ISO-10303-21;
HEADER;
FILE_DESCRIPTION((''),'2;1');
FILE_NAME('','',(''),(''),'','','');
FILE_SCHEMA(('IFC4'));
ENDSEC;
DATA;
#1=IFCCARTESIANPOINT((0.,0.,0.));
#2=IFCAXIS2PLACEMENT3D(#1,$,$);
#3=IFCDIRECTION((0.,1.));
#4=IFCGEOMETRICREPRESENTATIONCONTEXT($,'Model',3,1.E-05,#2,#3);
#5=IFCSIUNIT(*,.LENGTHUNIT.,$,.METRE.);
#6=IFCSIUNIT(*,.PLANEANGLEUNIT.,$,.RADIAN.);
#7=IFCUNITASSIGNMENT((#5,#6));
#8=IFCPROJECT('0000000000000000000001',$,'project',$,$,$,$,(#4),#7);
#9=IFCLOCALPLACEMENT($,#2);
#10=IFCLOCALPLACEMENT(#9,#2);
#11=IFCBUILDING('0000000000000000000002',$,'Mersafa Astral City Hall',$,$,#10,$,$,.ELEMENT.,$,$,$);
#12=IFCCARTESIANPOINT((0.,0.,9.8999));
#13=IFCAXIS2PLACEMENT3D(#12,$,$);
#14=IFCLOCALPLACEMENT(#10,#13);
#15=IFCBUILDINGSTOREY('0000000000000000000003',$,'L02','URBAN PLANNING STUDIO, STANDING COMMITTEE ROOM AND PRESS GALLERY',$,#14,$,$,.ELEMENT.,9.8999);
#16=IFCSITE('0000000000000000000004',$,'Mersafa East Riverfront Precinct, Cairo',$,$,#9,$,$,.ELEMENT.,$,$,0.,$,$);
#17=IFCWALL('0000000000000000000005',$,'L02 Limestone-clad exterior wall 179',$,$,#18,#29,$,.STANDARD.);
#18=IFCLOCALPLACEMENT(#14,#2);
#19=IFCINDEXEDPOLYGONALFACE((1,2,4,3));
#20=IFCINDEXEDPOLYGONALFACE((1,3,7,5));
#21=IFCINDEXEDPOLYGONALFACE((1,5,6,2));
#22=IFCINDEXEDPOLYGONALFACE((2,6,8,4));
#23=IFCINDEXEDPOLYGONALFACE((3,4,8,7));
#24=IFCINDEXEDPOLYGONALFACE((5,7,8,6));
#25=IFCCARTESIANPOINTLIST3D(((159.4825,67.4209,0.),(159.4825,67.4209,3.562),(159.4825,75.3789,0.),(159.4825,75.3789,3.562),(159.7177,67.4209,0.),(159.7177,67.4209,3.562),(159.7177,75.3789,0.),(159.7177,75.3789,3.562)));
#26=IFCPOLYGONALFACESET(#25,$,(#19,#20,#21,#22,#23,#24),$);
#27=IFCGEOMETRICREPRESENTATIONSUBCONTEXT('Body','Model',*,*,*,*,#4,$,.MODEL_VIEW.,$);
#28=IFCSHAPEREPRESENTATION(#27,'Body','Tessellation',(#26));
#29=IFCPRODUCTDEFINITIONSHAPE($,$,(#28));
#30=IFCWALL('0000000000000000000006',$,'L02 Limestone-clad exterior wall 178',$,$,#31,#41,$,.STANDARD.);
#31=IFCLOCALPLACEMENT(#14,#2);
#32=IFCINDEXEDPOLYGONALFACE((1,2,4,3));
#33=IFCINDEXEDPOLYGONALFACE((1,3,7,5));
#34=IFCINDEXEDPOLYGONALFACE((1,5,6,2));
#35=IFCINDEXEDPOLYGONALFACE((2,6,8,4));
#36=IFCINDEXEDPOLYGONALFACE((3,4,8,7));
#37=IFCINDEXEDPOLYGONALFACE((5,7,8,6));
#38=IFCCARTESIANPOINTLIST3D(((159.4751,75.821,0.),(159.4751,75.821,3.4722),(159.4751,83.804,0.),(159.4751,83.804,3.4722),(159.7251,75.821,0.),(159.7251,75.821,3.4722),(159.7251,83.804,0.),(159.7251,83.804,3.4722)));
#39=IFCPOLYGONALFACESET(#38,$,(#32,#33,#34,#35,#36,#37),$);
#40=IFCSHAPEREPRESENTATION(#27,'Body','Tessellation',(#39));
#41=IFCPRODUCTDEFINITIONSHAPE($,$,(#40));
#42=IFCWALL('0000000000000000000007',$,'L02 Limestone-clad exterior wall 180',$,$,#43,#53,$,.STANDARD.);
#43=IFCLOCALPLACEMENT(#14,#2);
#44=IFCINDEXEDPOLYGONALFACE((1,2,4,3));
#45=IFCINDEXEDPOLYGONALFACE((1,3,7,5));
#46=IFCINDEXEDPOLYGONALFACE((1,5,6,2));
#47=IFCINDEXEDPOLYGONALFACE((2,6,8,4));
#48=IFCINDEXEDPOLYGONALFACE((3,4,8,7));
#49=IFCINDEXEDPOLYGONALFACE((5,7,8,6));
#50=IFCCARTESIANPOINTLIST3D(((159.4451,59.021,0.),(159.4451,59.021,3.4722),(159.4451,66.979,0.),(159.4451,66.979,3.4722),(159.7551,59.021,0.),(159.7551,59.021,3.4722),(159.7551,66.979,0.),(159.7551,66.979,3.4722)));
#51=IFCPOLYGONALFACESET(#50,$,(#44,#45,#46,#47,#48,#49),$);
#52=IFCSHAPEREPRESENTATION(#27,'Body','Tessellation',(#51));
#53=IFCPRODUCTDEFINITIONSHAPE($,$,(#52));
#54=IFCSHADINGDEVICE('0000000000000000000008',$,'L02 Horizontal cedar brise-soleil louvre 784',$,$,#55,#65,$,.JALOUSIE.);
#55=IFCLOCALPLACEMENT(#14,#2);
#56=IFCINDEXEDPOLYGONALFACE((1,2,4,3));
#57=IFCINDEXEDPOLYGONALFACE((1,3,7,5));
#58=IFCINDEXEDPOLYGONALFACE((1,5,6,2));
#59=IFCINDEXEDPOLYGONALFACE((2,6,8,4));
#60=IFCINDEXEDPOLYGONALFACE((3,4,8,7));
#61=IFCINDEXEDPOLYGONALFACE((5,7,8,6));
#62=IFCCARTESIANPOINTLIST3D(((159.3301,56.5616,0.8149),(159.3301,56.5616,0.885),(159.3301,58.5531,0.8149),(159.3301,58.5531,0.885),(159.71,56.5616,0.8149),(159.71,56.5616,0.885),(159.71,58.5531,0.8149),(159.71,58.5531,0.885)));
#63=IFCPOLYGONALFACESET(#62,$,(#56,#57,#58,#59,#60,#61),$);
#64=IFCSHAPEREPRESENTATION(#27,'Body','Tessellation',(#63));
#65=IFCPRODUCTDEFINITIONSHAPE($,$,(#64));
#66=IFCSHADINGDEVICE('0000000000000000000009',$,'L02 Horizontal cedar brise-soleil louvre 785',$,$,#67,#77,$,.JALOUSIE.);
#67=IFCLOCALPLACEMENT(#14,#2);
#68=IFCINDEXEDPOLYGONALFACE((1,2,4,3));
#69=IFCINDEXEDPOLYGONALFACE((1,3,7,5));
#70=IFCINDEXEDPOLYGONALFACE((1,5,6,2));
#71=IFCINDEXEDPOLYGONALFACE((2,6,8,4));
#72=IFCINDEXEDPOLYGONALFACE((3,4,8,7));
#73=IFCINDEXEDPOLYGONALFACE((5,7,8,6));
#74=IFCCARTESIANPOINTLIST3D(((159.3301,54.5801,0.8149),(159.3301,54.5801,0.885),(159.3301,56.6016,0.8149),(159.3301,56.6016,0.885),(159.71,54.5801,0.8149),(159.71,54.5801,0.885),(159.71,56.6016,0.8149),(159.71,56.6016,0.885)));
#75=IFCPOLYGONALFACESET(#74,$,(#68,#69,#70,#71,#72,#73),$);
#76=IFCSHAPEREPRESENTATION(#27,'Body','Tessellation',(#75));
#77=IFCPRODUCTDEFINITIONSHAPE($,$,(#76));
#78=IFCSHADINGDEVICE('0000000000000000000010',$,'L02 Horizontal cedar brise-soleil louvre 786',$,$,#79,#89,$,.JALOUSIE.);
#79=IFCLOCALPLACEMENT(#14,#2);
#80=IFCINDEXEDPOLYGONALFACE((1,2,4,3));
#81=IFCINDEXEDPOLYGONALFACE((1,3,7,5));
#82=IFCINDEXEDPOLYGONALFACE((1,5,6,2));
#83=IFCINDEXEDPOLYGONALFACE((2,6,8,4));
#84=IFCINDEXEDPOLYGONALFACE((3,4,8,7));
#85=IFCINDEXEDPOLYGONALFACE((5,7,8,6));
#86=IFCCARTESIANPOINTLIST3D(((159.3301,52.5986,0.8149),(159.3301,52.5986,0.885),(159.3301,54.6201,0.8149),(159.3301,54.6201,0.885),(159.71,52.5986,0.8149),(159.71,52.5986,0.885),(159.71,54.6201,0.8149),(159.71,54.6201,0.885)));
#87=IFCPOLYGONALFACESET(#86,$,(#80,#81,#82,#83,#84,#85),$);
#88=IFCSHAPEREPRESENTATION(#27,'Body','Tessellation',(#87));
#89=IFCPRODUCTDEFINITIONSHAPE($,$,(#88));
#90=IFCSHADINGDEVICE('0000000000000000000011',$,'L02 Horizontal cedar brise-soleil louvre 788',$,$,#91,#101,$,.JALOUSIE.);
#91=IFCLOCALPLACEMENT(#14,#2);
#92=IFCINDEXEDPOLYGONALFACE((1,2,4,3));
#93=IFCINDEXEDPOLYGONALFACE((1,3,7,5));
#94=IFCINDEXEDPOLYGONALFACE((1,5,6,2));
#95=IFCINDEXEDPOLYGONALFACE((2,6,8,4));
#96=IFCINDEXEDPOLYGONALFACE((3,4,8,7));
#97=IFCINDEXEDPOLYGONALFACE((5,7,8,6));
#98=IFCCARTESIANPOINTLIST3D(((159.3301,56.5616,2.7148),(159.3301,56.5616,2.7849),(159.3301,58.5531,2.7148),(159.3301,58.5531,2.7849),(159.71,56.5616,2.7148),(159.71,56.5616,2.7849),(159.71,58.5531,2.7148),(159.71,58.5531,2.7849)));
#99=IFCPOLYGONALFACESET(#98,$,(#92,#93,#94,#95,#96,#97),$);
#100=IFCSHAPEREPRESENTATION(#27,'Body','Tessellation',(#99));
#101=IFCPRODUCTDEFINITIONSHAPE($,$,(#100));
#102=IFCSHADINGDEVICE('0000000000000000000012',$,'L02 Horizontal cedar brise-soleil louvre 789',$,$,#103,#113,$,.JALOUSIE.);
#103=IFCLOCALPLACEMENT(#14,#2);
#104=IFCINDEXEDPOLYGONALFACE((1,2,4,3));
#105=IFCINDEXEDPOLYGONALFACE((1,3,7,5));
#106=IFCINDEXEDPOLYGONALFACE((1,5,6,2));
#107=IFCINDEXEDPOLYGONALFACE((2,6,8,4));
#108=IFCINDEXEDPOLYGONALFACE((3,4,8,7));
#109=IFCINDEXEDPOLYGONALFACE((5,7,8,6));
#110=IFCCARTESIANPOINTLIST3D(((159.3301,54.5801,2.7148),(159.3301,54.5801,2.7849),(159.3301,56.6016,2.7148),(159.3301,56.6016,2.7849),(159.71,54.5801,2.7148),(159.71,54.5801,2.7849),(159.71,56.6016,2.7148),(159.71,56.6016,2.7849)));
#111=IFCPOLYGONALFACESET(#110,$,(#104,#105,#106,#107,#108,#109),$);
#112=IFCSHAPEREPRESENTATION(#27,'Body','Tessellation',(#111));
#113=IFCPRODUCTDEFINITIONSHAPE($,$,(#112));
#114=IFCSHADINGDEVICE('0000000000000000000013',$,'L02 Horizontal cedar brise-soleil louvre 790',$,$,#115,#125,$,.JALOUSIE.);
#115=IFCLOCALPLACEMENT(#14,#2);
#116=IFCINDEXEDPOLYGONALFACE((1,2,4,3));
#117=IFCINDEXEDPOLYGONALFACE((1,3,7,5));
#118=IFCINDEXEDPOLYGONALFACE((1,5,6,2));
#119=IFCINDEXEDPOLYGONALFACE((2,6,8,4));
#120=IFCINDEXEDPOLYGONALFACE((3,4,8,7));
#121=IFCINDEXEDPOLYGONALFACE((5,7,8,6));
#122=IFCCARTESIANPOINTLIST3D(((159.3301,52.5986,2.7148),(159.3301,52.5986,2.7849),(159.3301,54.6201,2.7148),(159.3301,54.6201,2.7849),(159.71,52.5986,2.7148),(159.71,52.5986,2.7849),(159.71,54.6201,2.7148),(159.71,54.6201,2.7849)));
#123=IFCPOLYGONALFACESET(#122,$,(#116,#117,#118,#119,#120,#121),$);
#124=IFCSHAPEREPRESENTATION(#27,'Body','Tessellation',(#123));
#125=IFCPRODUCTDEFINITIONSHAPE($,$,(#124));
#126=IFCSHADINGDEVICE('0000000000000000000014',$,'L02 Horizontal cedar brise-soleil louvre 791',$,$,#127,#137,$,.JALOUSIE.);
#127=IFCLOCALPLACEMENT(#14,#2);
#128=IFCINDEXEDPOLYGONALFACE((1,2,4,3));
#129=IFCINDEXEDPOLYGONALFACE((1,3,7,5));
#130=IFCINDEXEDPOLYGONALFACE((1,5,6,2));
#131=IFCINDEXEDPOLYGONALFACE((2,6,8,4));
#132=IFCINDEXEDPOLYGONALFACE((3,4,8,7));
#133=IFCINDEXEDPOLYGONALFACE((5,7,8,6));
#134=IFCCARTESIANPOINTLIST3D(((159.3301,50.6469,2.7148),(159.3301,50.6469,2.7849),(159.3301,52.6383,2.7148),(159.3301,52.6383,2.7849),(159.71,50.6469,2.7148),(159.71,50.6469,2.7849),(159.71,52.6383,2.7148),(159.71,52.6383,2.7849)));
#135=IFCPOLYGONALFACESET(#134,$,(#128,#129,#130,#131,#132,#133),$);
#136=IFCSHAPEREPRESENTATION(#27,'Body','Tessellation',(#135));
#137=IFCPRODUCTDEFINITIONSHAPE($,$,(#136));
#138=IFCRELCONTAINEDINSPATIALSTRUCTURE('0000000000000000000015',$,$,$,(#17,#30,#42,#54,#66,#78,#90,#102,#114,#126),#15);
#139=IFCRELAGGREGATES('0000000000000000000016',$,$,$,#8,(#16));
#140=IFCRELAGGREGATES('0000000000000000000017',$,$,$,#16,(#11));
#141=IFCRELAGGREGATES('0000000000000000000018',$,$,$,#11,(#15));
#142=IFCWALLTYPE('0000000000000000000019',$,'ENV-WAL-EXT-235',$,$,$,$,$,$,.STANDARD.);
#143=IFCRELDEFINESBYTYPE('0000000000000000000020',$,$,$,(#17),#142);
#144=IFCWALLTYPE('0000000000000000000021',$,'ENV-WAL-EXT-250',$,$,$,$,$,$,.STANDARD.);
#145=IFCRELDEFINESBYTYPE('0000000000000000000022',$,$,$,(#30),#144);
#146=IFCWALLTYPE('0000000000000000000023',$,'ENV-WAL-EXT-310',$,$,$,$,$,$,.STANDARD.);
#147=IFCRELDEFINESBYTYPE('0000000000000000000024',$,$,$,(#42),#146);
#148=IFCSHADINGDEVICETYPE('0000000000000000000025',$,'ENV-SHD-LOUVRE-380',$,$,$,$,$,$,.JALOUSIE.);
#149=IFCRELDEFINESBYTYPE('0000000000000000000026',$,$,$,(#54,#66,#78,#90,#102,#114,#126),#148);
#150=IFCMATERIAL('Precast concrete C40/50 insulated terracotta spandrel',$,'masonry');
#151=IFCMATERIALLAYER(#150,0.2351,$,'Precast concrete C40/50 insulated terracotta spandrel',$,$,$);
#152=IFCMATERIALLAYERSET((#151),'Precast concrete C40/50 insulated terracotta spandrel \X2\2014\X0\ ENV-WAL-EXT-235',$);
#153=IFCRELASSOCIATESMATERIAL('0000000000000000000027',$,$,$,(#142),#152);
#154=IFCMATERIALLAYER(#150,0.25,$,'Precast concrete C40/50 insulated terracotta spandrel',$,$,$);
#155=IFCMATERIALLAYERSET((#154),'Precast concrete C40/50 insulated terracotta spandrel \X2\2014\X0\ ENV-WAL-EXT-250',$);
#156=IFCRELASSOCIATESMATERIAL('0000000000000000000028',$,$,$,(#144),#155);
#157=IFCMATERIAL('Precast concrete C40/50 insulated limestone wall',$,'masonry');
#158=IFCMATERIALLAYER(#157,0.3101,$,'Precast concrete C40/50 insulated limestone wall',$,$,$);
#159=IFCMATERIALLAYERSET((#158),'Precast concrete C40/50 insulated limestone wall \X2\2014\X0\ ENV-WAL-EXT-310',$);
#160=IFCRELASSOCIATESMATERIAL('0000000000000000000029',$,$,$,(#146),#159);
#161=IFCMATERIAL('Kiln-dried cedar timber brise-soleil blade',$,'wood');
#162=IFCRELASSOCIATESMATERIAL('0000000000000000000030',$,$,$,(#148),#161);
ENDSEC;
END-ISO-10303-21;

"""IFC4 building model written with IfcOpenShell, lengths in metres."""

from ifc_helpers import new_model, si_unit, direction, frame, frame_2d, origin, origin_2d, place, context, subcontext, project, spatial, rectangle, extrude, material, layer, layer_set, type_object, element, save


model = new_model("IFC4")

# Units and contexts
model_context = context("Model", 3, precision=1e-05, world=origin(), true_north=direction((0.0, 1.0)))
body_context = subcontext(model_context, "Body", "Model", "MODEL_VIEW")
ifc_project = project(units=[si_unit("LENGTHUNIT", "METRE"), si_unit("PLANEANGLEUNIT", "RADIAN")], contexts=[model_context])

# Site, building, storey
site_placement = place(None, origin())
site = spatial("IfcSite", under=ifc_project, at=site_placement, Name="Mersafa East Riverfront Precinct, Cairo", CompositionType="ELEMENT", RefElevation=0.0)
building_placement = place(site_placement, origin())
building = spatial("IfcBuilding", under=site, at=building_placement, Name="Mersafa Astral City Hall", CompositionType="ELEMENT")
storey_placement = place(building_placement, frame((0.0, 0.0, 9.8999)))
storey = spatial("IfcBuildingStorey", under=building, at=storey_placement, Name="L02", Description="URBAN PLANNING STUDIO, STANDING COMMITTEE ROOM AND PRESS GALLERY", CompositionType="ELEMENT", Elevation=9.8999)

# Walls
ifc_material_1 = material(Name="Precast concrete C40/50 insulated terracotta spandrel", Category="masonry")
ifc_layer_1 = layer(ifc_material_1, 0.2351, Name="Precast concrete C40/50 insulated terracotta spandrel")
ifc_layer_set_1 = layer_set([ifc_layer_1], Name="Precast concrete C40/50 insulated terracotta spandrel — ENV-WAL-EXT-235")
wall_type_1 = type_object("IfcWallType", Name="ENV-WAL-EXT-235", PredefinedType="STANDARD", material=ifc_layer_set_1)
wall_1_placement = place(storey_placement, frame((159.6001, 75.3789, 0.0), z_axis=(0.0, 0.0, 1.0), x_axis=(0.0, -1.0, 0.0)))
element("IfcWall", 1, at=wall_1_placement, inside=storey, type_object=wall_type_1, Name="L02 Limestone-clad exterior wall 179", PredefinedType="STANDARD", context=body_context, shape_type="SweptSolid", body=[
    extrude(rectangle(XDim=7.958, YDim=0.2351, at=frame_2d((3.979, 0.0))), origin(), (0.0, 0.0, 1.0), 3.562),
])
ifc_layer_2 = layer(ifc_material_1, 0.25, Name="Precast concrete C40/50 insulated terracotta spandrel")
ifc_layer_set_2 = layer_set([ifc_layer_2], Name="Precast concrete C40/50 insulated terracotta spandrel — ENV-WAL-EXT-250")
wall_type_2 = type_object("IfcWallType", Name="ENV-WAL-EXT-250", PredefinedType="STANDARD", material=ifc_layer_set_2)
wall_2_placement = place(storey_placement, frame((159.6001, 83.804, 0.0), z_axis=(0.0, 0.0, 1.0), x_axis=(0.0, -1.0, 0.0)))
element("IfcWall", 2, at=wall_2_placement, inside=storey, type_object=wall_type_2, Name="L02 Limestone-clad exterior wall 178", PredefinedType="STANDARD", context=body_context, shape_type="SweptSolid", body=[
    extrude(rectangle(XDim=7.9829, YDim=0.25, at=frame_2d((3.9915, 0.0))), origin(), (0.0, 0.0, 1.0), 3.4722),
])
ifc_material_2 = material(Name="Precast concrete C40/50 insulated limestone wall", Category="masonry")
ifc_layer_3 = layer(ifc_material_2, 0.3101, Name="Precast concrete C40/50 insulated limestone wall")
ifc_layer_set_3 = layer_set([ifc_layer_3], Name="Precast concrete C40/50 insulated limestone wall — ENV-WAL-EXT-310")
wall_type_3 = type_object("IfcWallType", Name="ENV-WAL-EXT-310", PredefinedType="STANDARD", material=ifc_layer_set_3)
wall_3_placement = place(storey_placement, frame((159.6001, 66.979, 0.0), z_axis=(0.0, 0.0, 1.0), x_axis=(0.0, -1.0, 0.0)))
element("IfcWall", 3, at=wall_3_placement, inside=storey, type_object=wall_type_3, Name="L02 Limestone-clad exterior wall 180", PredefinedType="STANDARD", context=body_context, shape_type="SweptSolid", body=[
    extrude(rectangle(XDim=7.958, YDim=0.3101, at=frame_2d((3.979, 0.0))), origin(), (0.0, 0.0, 1.0), 3.4722),
])

# Shading devices
ifc_material_3 = material(Name="Kiln-dried cedar timber brise-soleil blade", Category="wood")
shading_device_type = type_object("IfcShadingDeviceType", Name="ENV-SHD-LOUVRE-380", PredefinedType="JALOUSIE", material=ifc_material_3)
shading_device_1_placement = place(storey_placement, frame((159.52, 57.5574, 0.8149), z_axis=(0.0, 0.0, 1.0), x_axis=(0.0, -1.0, 0.0)))
element("IfcShadingDevice", 4, at=shading_device_1_placement, inside=storey, type_object=shading_device_type, Name="L02 Horizontal cedar brise-soleil louvre 784", PredefinedType="JALOUSIE", context=body_context, shape_type="SweptSolid", body=[
    extrude(rectangle(XDim=1.9915, YDim=0.3799, at=origin_2d()), origin(), (0.0, 0.0, 1.0), 0.0701),
])
for number, where, z_axis, x_axis, name in (
    (5, (159.52, 55.5908, 0.8149), (0.0, 0.0, 1.0), (0.0, -1.0, 0.0), "L02 Horizontal cedar brise-soleil louvre 785"),
    (6, (159.52, 53.6094, 0.8149), (0.0, 0.0, 1.0), (0.0, -1.0, 0.0), "L02 Horizontal cedar brise-soleil louvre 786"),
):
    element("IfcShadingDevice", number, at=place(storey_placement, frame(where, z_axis=z_axis, x_axis=x_axis)), inside=storey, type_object=shading_device_type, Name=name, PredefinedType="JALOUSIE", context=body_context, shape_type="SweptSolid", body=[
        extrude(rectangle(XDim=2.0215, YDim=0.3799, at=origin_2d()), origin(), (0.0, 0.0, 1.0), 0.0701),
    ])
shading_device_2_placement = place(storey_placement, frame((159.52, 57.5574, 2.7148), z_axis=(0.0, 0.0, 1.0), x_axis=(0.0, -1.0, 0.0)))
element("IfcShadingDevice", 7, at=shading_device_2_placement, inside=storey, type_object=shading_device_type, Name="L02 Horizontal cedar brise-soleil louvre 788", PredefinedType="JALOUSIE", context=body_context, shape_type="SweptSolid", body=[
    extrude(rectangle(XDim=1.9915, YDim=0.3799, at=origin_2d()), origin(), (0.0, 0.0, 1.0), 0.0701),
])
for number, where, z_axis, x_axis, name in (
    (8, (159.52, 55.5908, 2.7148), (0.0, 0.0, 1.0), (0.0, -1.0, 0.0), "L02 Horizontal cedar brise-soleil louvre 789"),
    (9, (159.52, 53.6094, 2.7148), (0.0, 0.0, 1.0), (0.0, -1.0, 0.0), "L02 Horizontal cedar brise-soleil louvre 790"),
):
    element("IfcShadingDevice", number, at=place(storey_placement, frame(where, z_axis=z_axis, x_axis=x_axis)), inside=storey, type_object=shading_device_type, Name=name, PredefinedType="JALOUSIE", context=body_context, shape_type="SweptSolid", body=[
        extrude(rectangle(XDim=2.0215, YDim=0.3799, at=origin_2d()), origin(), (0.0, 0.0, 1.0), 0.0701),
    ])
shading_device_3_placement = place(storey_placement, frame((159.52, 51.6426, 2.7148), z_axis=(0.0, 0.0, 1.0), x_axis=(0.0, -1.0, 0.0)))
element("IfcShadingDevice", 10, at=shading_device_3_placement, inside=storey, type_object=shading_device_type, Name="L02 Horizontal cedar brise-soleil louvre 791", PredefinedType="JALOUSIE", context=body_context, shape_type="SweptSolid", body=[
    extrude(rectangle(XDim=1.9915, YDim=0.3799, at=origin_2d()), origin(), (0.0, 0.0, 1.0), 0.0701),
])

save(model, "model.ifc")
